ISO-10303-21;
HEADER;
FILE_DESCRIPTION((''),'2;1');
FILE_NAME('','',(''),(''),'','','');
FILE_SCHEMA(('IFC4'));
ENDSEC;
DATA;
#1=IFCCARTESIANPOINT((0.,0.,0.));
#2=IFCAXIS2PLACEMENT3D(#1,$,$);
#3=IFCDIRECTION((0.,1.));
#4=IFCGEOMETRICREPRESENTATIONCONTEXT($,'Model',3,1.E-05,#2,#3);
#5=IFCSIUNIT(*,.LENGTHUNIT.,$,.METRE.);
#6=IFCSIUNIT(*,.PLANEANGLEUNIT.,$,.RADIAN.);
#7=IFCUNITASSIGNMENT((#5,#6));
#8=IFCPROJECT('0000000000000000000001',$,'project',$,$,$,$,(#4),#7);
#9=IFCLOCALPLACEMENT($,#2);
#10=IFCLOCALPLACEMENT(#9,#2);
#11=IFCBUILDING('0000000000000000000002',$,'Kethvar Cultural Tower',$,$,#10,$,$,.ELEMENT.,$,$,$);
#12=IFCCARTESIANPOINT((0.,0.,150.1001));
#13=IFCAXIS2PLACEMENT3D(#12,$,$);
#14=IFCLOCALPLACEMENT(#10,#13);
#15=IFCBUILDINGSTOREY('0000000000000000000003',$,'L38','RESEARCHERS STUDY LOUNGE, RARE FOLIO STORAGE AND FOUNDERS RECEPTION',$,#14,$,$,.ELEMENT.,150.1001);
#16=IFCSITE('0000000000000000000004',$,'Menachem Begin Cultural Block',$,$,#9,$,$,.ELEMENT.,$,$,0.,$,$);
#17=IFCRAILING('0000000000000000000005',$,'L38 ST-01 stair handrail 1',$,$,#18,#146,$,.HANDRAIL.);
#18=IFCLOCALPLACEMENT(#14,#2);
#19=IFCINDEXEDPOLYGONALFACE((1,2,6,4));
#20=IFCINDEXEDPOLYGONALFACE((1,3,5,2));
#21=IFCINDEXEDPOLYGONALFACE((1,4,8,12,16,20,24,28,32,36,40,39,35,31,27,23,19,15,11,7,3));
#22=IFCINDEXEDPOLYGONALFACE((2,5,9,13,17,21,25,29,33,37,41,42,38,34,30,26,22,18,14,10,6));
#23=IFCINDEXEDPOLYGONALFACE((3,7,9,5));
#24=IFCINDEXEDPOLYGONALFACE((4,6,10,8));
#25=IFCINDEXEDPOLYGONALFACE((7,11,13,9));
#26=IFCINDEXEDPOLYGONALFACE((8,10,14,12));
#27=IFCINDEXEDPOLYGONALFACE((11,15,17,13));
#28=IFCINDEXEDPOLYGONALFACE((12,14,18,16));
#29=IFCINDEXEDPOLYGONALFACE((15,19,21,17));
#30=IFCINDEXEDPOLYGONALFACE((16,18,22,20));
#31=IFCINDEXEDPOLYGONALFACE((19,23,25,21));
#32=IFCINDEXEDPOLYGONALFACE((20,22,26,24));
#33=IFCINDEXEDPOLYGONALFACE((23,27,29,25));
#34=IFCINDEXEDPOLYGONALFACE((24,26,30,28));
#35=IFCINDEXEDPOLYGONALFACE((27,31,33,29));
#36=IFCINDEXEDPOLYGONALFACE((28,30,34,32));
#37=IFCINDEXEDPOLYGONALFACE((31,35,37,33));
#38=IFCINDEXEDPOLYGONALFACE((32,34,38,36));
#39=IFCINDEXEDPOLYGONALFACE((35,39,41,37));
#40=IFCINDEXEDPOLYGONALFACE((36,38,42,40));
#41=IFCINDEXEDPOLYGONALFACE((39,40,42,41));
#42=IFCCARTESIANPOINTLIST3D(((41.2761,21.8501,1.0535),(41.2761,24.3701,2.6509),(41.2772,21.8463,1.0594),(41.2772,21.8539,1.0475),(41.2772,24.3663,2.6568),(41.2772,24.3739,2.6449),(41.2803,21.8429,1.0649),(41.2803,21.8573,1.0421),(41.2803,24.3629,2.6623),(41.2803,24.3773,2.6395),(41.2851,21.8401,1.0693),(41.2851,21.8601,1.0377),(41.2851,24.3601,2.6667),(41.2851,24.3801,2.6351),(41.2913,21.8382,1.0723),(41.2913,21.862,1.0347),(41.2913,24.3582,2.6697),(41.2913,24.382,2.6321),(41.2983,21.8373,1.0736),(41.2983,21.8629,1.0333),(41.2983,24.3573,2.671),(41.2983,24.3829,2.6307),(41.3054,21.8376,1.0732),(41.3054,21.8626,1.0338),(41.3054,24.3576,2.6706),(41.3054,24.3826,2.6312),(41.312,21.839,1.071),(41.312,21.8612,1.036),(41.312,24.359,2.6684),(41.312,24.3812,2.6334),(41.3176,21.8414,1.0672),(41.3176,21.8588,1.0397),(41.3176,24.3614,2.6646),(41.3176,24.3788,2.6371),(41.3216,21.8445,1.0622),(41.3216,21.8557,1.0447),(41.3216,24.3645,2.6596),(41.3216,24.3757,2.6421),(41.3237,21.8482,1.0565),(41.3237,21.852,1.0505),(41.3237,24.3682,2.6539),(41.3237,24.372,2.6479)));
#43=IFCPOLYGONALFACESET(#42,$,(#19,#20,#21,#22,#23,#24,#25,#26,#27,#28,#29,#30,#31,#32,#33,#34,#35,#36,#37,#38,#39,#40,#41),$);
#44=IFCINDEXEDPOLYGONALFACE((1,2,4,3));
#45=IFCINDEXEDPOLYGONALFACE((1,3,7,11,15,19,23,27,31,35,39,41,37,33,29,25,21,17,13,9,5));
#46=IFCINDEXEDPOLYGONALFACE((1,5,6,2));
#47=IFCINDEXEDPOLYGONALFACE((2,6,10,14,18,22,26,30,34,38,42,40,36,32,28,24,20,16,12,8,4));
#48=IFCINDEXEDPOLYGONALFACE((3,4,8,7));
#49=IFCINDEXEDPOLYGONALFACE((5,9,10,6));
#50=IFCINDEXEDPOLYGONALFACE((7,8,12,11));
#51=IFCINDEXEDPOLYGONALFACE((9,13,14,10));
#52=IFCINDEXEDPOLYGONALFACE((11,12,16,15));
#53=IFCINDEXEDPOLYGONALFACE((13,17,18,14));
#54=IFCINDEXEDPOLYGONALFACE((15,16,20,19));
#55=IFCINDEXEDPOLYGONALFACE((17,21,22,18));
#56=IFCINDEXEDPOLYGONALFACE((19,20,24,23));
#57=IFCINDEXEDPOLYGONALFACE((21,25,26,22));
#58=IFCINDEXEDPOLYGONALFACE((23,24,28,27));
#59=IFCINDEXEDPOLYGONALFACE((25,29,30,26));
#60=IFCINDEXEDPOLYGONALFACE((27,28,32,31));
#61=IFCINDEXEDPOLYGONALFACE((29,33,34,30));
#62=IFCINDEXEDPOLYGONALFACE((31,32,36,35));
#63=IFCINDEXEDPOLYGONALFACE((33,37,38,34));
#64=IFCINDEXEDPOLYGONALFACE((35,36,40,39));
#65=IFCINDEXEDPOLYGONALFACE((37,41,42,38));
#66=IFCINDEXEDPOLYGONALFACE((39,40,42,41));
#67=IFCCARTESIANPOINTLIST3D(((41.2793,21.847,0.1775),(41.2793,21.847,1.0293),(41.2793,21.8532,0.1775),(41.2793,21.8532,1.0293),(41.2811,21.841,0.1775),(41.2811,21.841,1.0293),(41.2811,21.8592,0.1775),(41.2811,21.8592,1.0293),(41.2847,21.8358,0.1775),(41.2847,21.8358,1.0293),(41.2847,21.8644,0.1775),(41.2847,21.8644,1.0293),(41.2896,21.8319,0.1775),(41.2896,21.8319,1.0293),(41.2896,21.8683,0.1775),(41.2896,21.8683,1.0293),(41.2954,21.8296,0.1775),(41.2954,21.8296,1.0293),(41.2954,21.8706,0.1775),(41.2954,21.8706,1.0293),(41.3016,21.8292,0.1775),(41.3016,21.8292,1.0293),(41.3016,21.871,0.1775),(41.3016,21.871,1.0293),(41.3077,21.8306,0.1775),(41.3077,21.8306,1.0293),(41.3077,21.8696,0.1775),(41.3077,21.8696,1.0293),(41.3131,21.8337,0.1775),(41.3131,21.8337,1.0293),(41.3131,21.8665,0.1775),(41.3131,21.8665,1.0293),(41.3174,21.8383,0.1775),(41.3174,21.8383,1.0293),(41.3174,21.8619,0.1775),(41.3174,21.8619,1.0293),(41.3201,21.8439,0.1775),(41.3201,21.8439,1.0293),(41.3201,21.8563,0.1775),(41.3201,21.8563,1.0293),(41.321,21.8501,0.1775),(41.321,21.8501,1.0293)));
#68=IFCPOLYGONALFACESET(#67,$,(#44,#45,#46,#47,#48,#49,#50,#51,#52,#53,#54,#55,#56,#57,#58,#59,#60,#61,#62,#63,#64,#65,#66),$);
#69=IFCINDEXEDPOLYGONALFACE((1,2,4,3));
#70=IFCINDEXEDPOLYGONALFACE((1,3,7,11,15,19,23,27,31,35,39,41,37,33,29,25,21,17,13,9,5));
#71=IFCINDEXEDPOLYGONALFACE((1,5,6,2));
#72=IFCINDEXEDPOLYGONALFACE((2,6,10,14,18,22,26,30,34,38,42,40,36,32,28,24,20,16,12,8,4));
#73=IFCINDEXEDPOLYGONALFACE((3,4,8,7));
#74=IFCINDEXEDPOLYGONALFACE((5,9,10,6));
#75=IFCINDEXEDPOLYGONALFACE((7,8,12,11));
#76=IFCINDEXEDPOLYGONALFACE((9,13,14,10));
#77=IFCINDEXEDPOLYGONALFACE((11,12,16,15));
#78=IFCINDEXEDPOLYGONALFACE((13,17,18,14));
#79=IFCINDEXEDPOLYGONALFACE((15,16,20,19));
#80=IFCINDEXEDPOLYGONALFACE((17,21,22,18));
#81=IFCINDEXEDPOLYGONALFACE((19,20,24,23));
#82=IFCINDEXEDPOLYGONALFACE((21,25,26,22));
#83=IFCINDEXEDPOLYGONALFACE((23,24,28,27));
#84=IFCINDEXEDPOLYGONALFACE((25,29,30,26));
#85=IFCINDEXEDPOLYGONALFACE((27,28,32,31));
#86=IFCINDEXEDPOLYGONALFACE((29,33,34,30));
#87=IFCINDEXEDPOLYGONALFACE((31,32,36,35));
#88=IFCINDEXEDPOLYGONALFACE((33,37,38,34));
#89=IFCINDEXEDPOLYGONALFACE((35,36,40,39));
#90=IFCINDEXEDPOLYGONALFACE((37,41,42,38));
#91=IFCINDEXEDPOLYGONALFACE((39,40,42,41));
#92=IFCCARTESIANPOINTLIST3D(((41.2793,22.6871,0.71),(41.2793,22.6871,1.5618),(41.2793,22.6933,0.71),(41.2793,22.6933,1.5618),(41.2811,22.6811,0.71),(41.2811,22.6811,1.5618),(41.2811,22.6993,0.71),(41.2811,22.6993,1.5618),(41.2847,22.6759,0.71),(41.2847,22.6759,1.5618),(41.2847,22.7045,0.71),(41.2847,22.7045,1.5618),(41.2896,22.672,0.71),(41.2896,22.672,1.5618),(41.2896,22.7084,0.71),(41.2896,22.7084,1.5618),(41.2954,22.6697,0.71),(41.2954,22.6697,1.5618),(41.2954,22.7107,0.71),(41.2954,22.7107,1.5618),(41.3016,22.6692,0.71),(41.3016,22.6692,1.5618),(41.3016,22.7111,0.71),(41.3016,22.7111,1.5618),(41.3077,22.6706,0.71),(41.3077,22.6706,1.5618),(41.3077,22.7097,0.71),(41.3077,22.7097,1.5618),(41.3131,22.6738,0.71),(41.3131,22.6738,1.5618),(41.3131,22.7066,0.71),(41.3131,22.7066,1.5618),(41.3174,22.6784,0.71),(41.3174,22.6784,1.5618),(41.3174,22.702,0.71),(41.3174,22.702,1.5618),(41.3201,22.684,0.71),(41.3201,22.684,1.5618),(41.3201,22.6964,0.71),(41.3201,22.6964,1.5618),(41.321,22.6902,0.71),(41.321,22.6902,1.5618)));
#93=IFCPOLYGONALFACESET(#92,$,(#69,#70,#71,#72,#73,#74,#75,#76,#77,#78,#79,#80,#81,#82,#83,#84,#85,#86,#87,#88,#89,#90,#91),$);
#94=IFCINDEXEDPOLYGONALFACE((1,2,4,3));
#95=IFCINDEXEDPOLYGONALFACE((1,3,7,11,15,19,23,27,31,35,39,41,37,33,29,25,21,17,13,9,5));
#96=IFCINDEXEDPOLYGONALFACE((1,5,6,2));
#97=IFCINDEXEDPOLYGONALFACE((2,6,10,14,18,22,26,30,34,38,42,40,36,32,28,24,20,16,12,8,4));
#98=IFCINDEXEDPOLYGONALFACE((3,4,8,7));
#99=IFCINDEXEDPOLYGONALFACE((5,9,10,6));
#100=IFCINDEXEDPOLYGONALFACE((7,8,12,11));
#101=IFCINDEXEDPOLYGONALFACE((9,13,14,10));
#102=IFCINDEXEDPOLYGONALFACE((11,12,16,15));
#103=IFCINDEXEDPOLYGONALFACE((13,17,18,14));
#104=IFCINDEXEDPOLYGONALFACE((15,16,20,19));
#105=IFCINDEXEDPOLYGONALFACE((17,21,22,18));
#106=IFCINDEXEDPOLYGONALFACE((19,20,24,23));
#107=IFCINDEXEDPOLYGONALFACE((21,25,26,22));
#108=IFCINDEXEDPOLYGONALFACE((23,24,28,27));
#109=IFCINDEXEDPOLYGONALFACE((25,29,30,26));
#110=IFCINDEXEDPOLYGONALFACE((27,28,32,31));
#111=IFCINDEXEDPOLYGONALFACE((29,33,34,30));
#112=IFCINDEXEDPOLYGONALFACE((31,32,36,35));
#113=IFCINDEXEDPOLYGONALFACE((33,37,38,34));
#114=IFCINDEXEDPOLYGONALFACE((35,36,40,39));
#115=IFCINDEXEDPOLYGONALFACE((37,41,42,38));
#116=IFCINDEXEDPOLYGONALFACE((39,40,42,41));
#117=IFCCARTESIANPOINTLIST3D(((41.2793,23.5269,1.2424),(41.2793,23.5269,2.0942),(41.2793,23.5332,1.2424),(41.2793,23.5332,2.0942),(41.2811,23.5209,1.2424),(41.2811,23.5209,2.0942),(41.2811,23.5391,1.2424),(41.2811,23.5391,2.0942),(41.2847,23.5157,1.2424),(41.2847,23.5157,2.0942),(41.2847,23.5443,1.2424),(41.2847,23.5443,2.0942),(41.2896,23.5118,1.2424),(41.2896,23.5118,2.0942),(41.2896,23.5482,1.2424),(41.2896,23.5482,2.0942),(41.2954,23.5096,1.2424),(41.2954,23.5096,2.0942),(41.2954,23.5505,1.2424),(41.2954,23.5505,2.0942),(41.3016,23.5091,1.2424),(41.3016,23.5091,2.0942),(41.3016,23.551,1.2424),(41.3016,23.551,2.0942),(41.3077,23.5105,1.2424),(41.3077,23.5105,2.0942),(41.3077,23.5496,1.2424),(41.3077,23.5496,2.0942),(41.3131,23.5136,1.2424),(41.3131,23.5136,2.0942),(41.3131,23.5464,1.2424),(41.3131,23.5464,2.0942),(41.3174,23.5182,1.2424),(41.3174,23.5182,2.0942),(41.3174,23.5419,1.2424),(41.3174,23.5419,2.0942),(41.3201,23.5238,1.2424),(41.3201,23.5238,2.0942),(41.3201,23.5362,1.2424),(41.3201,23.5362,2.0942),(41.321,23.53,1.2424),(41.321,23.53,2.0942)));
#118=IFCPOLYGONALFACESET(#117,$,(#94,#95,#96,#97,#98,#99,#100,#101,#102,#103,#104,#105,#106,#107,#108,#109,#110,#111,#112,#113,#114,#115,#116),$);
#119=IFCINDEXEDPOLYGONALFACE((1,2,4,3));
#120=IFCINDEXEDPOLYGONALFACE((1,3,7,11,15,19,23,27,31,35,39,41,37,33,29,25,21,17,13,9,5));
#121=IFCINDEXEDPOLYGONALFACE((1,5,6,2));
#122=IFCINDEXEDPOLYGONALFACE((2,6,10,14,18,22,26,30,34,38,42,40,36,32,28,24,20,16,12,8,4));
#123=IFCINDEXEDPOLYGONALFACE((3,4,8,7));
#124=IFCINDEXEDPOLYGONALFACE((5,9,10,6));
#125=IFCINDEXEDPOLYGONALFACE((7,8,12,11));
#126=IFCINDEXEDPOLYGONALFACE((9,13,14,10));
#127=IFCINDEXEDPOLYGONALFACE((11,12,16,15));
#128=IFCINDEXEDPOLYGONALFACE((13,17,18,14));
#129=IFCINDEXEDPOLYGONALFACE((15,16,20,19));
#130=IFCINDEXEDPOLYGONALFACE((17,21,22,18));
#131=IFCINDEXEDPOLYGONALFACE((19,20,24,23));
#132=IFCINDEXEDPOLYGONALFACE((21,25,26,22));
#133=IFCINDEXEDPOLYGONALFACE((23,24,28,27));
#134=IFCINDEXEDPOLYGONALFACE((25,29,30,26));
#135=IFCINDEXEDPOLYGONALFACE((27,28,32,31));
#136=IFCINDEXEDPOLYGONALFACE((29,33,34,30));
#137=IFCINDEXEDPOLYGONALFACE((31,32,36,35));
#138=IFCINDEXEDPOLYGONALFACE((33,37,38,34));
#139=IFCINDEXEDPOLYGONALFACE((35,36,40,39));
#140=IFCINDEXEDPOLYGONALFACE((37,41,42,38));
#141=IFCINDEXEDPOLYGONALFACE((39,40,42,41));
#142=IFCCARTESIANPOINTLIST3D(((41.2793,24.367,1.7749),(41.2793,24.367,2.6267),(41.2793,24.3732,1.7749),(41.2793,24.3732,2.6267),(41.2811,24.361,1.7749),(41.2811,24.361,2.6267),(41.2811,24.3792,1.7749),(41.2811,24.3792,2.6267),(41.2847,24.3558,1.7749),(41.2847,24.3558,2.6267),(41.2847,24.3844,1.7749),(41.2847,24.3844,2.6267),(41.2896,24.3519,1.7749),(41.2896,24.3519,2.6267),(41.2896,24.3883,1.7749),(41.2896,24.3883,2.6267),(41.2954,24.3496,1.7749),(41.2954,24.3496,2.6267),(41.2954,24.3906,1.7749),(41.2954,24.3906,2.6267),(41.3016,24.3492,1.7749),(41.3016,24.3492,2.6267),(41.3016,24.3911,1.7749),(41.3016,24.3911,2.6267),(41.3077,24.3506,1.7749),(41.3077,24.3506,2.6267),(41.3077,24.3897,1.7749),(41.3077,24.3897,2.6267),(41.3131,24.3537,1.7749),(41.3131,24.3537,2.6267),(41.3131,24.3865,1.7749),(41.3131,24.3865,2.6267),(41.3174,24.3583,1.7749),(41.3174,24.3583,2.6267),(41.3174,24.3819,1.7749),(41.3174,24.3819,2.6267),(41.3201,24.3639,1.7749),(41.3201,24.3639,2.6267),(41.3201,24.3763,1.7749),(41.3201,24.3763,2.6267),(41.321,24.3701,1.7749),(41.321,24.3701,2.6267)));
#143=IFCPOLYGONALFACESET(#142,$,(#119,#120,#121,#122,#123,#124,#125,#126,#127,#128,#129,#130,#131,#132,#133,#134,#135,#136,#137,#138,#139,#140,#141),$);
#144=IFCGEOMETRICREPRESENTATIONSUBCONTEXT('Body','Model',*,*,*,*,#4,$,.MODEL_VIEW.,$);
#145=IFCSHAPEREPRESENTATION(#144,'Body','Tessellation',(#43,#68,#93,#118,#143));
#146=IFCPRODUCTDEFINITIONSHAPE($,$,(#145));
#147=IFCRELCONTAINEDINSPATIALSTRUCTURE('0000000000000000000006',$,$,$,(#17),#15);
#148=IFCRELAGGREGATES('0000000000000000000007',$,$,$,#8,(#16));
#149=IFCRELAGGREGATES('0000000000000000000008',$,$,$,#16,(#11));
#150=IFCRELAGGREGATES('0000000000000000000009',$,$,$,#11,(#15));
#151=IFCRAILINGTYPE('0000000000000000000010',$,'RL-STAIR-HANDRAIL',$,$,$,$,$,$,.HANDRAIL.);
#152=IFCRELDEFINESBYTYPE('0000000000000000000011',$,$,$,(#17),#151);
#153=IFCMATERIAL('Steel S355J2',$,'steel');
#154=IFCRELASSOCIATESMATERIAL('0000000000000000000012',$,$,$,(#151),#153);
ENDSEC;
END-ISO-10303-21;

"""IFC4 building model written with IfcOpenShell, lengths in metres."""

from ifc_helpers import new_model, si_unit, direction, frame, origin, origin_2d, place, context, subcontext, project, spatial, circle, extrude, material, type_object, element, save


model = new_model("IFC4")

# Units and contexts
model_context = context("Model", 3, precision=1e-05, world=origin(), true_north=direction((0.0, 1.0)))
body_context = subcontext(model_context, "Body", "Model", "MODEL_VIEW")
ifc_project = project(units=[si_unit("LENGTHUNIT", "METRE"), si_unit("PLANEANGLEUNIT", "RADIAN")], contexts=[model_context])

# Site, building, storey
site_placement = place(None, origin())
site = spatial("IfcSite", under=ifc_project, at=site_placement, Name="Menachem Begin Cultural Block", CompositionType="ELEMENT", RefElevation=0.0)
building_placement = place(site_placement, origin())
building = spatial("IfcBuilding", under=site, at=building_placement, Name="Kethvar Cultural Tower", CompositionType="ELEMENT")
storey_placement = place(building_placement, frame((0.0, 0.0, 150.1001)))
storey = spatial("IfcBuildingStorey", under=building, at=storey_placement, Name="L38", Description="RESEARCHERS STUDY LOUNGE, RARE FOLIO STORAGE AND FOUNDERS RECEPTION", CompositionType="ELEMENT", Elevation=150.1001)

# Shared definitions
ifc_material_1 = material(Name="Steel S355J2", Category="steel")

# Railing
railing_type_1 = type_object("IfcRailingType", Name="RL-STAIR-HANDRAIL", PredefinedType="HANDRAIL", material=ifc_material_1)
railing_1_placement = place(storey_placement, frame((41.3, 21.8501, 0.1775)))
element("IfcRailing", 1, at=railing_1_placement, inside=storey, type_object=railing_type_1, Name="L38 ST-01 stair handrail 1", PredefinedType="HANDRAIL", context=body_context, shape_type="SweptSolid", body=[
    extrude(circle(Radius=0.0239, at=origin_2d()), frame((0.0, 0.0, 0.876), z_axis=(0.0, 0.844607, 0.535387), x_axis=(-1.0, 0.0, 0.0)), (0.0, 0.0, 1.0), 2.9836),
    extrude(circle(Radius=0.021, at=origin_2d()), origin(), (0.0, 0.0, 1.0), 0.8518),
    extrude(circle(Radius=0.021, at=origin_2d()), frame((0.0, 0.8401, 0.5325)), (0.0, 0.0, 1.0), 0.8518),
    extrude(circle(Radius=0.021, at=origin_2d()), frame((0.0, 1.6799, 1.0649)), (0.0, 0.0, 1.0), 0.8518),
    extrude(circle(Radius=0.021, at=origin_2d()), frame((0.0, 2.52, 1.5974)), (0.0, 0.0, 1.0), 0.8518),
])

save(model, "model.ifc")
